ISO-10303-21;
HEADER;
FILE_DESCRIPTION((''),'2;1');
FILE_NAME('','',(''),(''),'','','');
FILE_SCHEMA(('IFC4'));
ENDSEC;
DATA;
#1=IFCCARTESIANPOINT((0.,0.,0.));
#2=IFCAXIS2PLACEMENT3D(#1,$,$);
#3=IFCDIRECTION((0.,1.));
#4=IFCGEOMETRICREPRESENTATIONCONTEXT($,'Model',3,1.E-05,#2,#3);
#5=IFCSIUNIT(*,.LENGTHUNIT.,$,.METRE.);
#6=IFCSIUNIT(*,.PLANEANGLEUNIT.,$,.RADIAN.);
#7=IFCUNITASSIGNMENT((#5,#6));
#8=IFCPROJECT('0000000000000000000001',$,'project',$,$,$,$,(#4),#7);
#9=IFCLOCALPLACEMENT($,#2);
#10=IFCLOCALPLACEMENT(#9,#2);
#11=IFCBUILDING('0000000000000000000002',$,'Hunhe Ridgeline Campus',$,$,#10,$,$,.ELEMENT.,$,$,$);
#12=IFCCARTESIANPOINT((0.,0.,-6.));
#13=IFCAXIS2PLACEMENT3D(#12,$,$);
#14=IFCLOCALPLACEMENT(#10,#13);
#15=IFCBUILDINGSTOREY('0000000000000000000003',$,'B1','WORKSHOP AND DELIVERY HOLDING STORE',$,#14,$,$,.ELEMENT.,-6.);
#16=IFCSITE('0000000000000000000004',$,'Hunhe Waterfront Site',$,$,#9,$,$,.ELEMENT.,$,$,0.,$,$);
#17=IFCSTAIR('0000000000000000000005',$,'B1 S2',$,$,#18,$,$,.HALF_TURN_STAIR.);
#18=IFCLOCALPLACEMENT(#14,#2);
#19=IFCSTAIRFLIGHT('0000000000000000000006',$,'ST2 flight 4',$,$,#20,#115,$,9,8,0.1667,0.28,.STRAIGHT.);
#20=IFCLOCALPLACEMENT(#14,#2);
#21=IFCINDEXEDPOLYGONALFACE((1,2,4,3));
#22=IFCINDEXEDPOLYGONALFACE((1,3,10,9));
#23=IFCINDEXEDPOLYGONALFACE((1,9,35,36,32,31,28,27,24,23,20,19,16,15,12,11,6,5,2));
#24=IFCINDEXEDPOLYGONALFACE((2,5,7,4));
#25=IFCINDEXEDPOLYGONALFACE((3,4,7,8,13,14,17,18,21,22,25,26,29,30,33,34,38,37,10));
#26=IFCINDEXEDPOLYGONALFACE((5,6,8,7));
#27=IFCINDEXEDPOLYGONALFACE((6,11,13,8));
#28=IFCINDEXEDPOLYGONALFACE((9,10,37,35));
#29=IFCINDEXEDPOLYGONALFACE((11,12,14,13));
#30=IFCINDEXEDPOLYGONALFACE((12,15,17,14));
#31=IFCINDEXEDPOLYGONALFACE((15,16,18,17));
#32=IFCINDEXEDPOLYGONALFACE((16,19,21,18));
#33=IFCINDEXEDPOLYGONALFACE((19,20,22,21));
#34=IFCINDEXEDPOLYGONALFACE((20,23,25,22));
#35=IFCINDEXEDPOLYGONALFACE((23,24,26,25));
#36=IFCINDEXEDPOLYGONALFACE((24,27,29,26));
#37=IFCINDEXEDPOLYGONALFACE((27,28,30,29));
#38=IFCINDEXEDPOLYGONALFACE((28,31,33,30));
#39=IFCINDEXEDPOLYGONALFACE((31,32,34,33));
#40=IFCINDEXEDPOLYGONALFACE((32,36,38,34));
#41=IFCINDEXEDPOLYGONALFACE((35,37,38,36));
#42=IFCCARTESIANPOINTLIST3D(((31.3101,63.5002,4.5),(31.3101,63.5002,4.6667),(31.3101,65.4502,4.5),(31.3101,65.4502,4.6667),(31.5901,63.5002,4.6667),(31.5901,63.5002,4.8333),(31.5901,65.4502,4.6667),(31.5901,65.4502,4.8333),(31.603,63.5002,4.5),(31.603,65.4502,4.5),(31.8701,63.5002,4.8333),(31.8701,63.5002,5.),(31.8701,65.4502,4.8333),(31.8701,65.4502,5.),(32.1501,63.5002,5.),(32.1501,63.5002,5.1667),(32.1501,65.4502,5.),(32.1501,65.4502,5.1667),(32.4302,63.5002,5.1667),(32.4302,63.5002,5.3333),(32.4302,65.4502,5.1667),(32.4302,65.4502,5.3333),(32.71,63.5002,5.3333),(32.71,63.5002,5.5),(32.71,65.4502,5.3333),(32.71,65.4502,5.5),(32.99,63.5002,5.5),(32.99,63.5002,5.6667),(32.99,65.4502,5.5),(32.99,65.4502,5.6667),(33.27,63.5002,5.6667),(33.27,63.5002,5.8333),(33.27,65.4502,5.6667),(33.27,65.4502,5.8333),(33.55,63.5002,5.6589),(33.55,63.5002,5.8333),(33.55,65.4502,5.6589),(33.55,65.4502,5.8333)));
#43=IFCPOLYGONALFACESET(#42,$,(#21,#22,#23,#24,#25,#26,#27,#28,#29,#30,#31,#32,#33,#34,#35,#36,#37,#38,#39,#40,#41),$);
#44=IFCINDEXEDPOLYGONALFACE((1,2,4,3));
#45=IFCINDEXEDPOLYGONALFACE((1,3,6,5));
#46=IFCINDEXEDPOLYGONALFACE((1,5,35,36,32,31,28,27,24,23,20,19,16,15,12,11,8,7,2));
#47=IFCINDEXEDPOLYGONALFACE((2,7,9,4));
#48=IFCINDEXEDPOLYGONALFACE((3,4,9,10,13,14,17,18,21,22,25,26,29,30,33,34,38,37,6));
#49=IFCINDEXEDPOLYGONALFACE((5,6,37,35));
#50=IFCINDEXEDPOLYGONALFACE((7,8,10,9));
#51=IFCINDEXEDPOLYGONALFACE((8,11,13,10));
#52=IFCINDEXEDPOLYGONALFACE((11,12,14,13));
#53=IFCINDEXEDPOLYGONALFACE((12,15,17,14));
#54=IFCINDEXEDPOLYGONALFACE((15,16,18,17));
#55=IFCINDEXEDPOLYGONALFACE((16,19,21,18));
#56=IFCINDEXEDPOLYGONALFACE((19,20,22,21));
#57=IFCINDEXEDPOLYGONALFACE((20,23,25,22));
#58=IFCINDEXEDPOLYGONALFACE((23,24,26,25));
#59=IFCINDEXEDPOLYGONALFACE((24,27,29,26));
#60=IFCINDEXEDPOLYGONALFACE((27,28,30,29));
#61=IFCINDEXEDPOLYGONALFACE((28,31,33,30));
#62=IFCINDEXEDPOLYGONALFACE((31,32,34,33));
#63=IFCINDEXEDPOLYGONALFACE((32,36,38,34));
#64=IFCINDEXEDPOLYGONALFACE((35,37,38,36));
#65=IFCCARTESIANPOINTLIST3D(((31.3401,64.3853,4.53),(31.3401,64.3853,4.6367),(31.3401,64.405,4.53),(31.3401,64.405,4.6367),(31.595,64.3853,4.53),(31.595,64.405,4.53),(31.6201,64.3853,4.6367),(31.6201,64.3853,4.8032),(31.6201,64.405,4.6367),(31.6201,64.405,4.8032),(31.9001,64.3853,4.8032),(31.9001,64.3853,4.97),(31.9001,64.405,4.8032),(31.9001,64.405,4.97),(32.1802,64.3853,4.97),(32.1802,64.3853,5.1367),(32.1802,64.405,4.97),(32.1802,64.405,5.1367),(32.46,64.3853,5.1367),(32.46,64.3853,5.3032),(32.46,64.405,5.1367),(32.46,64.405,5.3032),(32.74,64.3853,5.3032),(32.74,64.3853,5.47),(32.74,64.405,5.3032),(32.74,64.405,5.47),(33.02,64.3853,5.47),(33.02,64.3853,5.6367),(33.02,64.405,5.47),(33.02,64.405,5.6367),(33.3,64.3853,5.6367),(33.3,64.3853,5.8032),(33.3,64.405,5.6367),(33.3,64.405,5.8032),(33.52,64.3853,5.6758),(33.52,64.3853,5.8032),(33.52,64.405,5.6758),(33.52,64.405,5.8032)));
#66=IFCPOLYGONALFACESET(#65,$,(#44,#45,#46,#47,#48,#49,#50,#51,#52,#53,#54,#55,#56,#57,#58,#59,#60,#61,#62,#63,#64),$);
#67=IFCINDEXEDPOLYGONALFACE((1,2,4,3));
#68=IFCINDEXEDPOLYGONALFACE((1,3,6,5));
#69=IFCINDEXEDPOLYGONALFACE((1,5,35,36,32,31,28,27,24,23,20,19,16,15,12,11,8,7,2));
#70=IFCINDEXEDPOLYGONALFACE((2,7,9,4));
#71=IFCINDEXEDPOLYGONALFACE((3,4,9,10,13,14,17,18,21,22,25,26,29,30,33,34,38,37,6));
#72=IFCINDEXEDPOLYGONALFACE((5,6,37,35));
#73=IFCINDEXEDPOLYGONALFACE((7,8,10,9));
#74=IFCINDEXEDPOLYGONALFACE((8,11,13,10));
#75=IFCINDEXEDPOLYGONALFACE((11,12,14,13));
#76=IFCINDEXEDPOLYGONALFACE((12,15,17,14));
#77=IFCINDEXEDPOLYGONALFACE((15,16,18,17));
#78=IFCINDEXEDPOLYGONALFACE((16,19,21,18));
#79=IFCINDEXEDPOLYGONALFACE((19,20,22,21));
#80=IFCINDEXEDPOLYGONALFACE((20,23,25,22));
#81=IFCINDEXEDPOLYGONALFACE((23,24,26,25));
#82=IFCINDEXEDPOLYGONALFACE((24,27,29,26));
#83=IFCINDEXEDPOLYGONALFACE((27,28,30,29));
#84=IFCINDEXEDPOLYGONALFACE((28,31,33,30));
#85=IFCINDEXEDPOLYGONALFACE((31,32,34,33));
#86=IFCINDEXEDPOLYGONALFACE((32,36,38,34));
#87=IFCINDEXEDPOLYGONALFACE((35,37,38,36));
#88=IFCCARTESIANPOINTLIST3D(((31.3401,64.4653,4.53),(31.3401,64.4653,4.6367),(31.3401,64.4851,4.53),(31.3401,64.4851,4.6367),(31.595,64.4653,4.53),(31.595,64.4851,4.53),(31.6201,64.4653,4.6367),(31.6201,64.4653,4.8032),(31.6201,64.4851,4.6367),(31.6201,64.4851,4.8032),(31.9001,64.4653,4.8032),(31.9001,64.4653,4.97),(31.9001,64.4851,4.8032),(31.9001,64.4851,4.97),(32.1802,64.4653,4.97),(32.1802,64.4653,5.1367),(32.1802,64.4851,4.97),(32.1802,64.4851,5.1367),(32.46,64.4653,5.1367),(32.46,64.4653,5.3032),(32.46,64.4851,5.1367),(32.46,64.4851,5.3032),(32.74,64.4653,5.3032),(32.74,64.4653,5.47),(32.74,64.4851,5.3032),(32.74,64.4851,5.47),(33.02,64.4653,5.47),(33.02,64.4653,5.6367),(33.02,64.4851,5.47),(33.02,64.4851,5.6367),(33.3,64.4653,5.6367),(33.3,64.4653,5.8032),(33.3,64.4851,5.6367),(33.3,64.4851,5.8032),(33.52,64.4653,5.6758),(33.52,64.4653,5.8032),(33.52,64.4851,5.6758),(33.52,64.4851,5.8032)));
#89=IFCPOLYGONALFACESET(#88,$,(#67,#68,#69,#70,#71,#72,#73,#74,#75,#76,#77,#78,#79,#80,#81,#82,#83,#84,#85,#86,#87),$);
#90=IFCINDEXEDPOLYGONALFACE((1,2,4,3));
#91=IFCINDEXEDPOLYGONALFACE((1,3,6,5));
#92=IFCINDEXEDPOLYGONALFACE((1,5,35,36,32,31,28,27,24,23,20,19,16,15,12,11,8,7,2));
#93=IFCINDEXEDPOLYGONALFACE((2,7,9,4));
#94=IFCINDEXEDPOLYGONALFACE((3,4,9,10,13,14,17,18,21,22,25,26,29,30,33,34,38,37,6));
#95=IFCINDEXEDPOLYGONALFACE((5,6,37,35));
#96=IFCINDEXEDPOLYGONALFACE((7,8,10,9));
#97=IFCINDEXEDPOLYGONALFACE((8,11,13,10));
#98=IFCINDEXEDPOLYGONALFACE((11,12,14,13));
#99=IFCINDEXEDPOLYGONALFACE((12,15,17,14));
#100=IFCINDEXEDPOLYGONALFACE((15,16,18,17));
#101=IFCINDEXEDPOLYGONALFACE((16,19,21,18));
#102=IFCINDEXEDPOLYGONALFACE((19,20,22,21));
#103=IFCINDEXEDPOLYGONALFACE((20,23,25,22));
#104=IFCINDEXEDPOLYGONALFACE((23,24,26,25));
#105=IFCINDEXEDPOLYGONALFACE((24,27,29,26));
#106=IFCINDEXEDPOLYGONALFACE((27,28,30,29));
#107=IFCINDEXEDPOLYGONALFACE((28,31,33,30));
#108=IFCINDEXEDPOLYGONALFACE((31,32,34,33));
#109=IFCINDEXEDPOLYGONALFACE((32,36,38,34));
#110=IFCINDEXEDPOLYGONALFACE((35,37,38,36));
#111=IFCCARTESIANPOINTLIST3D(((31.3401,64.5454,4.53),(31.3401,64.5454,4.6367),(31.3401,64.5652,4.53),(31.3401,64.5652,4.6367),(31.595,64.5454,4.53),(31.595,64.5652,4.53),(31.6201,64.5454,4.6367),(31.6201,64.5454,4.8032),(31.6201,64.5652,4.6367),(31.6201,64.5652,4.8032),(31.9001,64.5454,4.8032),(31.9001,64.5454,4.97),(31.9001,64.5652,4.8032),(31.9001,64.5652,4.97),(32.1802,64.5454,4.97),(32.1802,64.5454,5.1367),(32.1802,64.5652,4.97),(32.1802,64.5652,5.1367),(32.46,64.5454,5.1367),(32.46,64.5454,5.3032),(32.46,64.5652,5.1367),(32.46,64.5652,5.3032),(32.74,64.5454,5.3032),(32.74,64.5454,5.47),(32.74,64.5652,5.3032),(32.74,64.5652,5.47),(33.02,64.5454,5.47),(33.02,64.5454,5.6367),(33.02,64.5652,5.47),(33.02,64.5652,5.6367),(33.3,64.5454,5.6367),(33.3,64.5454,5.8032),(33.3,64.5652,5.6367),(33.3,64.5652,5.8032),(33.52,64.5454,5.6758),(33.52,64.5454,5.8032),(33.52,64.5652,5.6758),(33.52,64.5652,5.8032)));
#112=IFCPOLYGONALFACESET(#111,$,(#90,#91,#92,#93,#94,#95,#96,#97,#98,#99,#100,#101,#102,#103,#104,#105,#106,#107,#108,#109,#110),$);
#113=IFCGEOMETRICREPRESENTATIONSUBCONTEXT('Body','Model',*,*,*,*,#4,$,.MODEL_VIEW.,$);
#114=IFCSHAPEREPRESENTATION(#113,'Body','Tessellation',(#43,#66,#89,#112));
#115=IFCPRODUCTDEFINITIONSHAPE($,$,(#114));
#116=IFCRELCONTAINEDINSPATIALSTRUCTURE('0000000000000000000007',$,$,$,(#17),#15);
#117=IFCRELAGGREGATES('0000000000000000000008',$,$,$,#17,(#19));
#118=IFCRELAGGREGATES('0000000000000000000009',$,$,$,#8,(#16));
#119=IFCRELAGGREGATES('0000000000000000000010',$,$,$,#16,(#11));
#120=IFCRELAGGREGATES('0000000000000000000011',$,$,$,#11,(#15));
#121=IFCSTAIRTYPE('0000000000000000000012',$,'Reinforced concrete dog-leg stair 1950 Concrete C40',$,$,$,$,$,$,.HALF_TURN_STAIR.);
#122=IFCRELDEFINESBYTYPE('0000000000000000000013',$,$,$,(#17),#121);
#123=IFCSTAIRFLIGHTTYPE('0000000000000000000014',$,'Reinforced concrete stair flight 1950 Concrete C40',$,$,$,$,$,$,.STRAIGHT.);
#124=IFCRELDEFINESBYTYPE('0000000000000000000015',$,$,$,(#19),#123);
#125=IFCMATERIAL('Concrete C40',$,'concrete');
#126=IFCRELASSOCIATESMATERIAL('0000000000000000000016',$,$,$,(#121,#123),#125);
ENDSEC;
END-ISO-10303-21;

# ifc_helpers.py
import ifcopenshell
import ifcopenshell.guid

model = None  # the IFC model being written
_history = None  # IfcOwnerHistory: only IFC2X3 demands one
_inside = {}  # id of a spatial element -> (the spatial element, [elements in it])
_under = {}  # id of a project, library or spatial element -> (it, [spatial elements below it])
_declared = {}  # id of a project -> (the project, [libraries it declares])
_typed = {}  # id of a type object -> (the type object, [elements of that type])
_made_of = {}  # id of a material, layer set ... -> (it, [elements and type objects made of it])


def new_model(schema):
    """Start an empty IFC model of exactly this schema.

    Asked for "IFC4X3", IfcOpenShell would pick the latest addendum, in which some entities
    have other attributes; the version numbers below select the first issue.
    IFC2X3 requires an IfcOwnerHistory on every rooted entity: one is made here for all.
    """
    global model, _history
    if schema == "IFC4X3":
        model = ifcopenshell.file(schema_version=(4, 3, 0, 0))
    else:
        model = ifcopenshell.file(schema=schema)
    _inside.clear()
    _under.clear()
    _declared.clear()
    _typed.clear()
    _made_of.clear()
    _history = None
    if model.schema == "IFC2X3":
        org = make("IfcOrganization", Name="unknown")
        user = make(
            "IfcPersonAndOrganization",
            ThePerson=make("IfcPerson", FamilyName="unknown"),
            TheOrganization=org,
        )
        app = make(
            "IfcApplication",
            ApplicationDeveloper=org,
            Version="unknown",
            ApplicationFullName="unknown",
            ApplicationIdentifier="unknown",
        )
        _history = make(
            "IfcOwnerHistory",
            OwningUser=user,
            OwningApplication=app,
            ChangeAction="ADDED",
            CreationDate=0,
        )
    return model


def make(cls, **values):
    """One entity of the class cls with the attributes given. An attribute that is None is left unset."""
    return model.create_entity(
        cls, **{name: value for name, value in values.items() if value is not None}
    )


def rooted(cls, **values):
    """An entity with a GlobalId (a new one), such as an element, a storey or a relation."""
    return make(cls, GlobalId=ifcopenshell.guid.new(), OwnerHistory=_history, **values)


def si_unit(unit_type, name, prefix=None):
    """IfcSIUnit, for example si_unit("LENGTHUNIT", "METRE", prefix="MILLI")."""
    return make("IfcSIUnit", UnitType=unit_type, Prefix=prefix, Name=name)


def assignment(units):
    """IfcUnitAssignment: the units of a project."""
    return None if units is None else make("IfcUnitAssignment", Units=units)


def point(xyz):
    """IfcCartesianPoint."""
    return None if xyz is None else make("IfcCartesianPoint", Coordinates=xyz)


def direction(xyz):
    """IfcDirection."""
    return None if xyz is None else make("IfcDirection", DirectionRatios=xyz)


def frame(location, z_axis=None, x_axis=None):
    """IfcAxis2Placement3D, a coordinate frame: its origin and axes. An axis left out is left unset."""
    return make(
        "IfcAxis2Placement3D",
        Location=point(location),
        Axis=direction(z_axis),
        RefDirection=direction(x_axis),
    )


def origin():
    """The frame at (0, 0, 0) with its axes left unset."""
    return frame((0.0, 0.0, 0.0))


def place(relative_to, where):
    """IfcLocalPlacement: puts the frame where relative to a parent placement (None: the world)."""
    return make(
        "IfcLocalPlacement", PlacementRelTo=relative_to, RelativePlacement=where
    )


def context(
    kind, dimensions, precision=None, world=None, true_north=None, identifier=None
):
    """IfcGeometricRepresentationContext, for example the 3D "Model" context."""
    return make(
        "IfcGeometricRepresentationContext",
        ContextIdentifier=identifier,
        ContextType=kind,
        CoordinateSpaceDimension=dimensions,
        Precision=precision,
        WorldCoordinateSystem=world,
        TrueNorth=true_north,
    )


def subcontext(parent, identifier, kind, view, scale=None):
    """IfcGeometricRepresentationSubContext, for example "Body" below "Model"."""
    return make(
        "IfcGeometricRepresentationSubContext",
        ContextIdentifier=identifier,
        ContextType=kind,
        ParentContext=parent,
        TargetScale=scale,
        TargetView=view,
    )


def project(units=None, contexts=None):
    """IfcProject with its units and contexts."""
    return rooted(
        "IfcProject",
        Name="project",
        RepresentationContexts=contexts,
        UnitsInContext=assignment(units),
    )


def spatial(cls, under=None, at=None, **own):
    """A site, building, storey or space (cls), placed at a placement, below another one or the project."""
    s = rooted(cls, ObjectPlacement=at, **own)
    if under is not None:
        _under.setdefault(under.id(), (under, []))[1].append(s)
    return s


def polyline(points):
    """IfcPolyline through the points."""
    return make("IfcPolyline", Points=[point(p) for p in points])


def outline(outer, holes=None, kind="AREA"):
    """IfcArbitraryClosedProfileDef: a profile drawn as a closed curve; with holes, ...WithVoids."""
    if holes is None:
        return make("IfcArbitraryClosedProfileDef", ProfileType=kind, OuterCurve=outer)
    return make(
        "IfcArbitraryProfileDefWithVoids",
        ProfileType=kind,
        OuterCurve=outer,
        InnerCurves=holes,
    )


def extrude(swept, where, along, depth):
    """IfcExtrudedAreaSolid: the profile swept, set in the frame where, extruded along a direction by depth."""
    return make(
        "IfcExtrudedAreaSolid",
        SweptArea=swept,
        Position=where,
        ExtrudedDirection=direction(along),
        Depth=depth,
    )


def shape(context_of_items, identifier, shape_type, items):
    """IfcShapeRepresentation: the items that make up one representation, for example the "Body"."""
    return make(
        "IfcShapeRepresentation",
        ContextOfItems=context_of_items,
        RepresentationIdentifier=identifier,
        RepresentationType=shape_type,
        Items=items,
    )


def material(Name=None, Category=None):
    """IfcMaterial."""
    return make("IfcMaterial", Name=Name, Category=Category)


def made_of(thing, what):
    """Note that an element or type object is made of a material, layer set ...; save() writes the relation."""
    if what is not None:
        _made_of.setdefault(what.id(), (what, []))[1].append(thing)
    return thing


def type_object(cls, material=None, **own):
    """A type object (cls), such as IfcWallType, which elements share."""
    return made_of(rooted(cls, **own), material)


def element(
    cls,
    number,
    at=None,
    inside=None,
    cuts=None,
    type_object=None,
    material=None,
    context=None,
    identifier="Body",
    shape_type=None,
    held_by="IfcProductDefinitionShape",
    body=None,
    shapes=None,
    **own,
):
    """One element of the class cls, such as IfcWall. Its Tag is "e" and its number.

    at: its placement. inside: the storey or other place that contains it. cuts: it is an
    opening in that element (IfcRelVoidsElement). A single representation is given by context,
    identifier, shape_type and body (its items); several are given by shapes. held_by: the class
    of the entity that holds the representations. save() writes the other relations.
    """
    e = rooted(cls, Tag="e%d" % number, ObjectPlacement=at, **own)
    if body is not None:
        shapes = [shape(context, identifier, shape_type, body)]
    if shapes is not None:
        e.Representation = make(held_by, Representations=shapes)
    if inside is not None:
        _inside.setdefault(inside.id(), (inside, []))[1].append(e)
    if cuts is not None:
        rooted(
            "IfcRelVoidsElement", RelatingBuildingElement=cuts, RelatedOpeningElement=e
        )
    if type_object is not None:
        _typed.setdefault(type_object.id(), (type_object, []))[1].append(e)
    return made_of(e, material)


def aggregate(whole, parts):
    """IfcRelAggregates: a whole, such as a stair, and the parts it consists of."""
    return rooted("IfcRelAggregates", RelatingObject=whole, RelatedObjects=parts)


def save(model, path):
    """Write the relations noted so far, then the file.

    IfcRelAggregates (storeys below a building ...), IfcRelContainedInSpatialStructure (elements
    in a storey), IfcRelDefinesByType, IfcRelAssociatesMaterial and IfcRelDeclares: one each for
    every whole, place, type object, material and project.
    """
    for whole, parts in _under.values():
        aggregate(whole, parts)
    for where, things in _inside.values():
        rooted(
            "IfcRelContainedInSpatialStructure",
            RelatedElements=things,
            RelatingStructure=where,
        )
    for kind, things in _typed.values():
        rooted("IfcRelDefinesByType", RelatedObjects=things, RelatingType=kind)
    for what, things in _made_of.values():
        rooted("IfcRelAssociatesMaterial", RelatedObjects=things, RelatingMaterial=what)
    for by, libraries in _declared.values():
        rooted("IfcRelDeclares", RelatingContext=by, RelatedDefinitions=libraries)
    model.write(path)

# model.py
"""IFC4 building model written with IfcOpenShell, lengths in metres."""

from ifc_helpers import new_model, si_unit, direction, frame, origin, place, context, subcontext, project, spatial, polyline, outline, extrude, material, type_object, element, aggregate, save


model = new_model("IFC4")

# Units and contexts
model_context = context("Model", 3, precision=1e-05, world=origin(), true_north=direction((0.0, 1.0)))
body_context = subcontext(model_context, "Body", "Model", "MODEL_VIEW")
ifc_project = project(units=[si_unit("LENGTHUNIT", "METRE"), si_unit("PLANEANGLEUNIT", "RADIAN")], contexts=[model_context])

# Site, building, storey
site_placement = place(None, origin())
site = spatial("IfcSite", under=ifc_project, at=site_placement, Name="Hunhe Waterfront Site", CompositionType="ELEMENT", RefElevation=0.0)
building_placement = place(site_placement, origin())
building = spatial("IfcBuilding", under=site, at=building_placement, Name="Hunhe Ridgeline Campus", CompositionType="ELEMENT")
storey_placement = place(building_placement, frame((0.0, 0.0, -6.0)))
storey = spatial("IfcBuildingStorey", under=building, at=storey_placement, Name="B1", Description="WORKSHOP AND DELIVERY HOLDING STORE", CompositionType="ELEMENT", Elevation=-6.0)

# Stair, stair flight
ifc_material_1 = material(Name="Concrete C40", Category="concrete")
stair_type = type_object("IfcStairType", Name="Reinforced concrete dog-leg stair 1950 Concrete C40", PredefinedType="HALF_TURN_STAIR", material=ifc_material_1)
stair_placement = place(storey_placement, origin())
stair = element("IfcStair", 1, at=stair_placement, inside=storey, type_object=stair_type, Name="B1 S2", PredefinedType="HALF_TURN_STAIR")
stair_flight_type = type_object("IfcStairFlightType", Name="Reinforced concrete stair flight 1950 Concrete C40", PredefinedType="STRAIGHT", material=ifc_material_1)
stair_flight_1_placement = place(storey_placement, frame((31.3101, 64.4751, 4.5), z_axis=(0.0, 0.0, 1.0), x_axis=(1.0, 0.0, 0.0)))
stair_flight_1 = element("IfcStairFlight", 2, at=stair_flight_1_placement, type_object=stair_flight_type, Name="ST2 flight 4", NumberOfRisers=9, NumberOfTreads=8, PredefinedType="STRAIGHT", RiserHeight=0.1667, TreadLength=0.28, context=body_context, shape_type="SweptSolid", body=[
    extrude(outline(polyline([(0.0, 0.0), (0.0, 0.1667), (0.28, 0.1667), (0.28, 0.3333), (0.5601, 0.3333), (0.5601, 0.5), (0.8401, 0.5), (0.8401, 0.6667), (1.1201, 0.6667), (1.1201, 0.8333), (1.3999, 0.8333), (1.3999, 1.0), (1.6799, 1.0), (1.6799, 1.1667), (1.96, 1.1667), (1.96, 1.3333), (2.24, 1.3333), (2.24, 1.5), (2.24, 1.1589), (0.293, 0.0), (0.0, 0.0)])), frame((0.0, 0.9751, 0.0), z_axis=(0.0, -1.0, 0.0), x_axis=(1.0, 0.0, 0.0)), (0.0, 0.0, 1.0), 1.95),
    extrude(outline(polyline([(0.03, 0.03), (0.03, 0.1367), (0.3101, 0.1367), (0.3101, 0.3032), (0.5901, 0.3032), (0.5901, 0.47), (0.8701, 0.47), (0.8701, 0.6367), (1.1499, 0.6367), (1.1499, 0.8032), (1.4299, 0.8032), (1.4299, 0.97), (1.71, 0.97), (1.71, 1.1367), (1.99, 1.1367), (1.99, 1.3032), (2.21, 1.3032), (2.21, 1.1758), (0.2849, 0.03), (0.03, 0.03)])), frame((0.0, -0.0701, 0.0), z_axis=(0.0, -1.0, 0.0), x_axis=(1.0, 0.0, 0.0)), (0.0, 0.0, 1.0), 0.0198),
    extrude(outline(polyline([(0.03, 0.03), (0.03, 0.1367), (0.3101, 0.1367), (0.3101, 0.3032), (0.5901, 0.3032), (0.5901, 0.47), (0.8701, 0.47), (0.8701, 0.6367), (1.1499, 0.6367), (1.1499, 0.8032), (1.4299, 0.8032), (1.4299, 0.97), (1.71, 0.97), (1.71, 1.1367), (1.99, 1.1367), (1.99, 1.3032), (2.21, 1.3032), (2.21, 1.1758), (0.2849, 0.03), (0.03, 0.03)])), frame((0.0, 0.01, 0.0), z_axis=(0.0, -1.0, 0.0), x_axis=(1.0, 0.0, 0.0)), (0.0, 0.0, 1.0), 0.0198),
    extrude(outline(polyline([(0.03, 0.03), (0.03, 0.1367), (0.3101, 0.1367), (0.3101, 0.3032), (0.5901, 0.3032), (0.5901, 0.47), (0.8701, 0.47), (0.8701, 0.6367), (1.1499, 0.6367), (1.1499, 0.8032), (1.4299, 0.8032), (1.4299, 0.97), (1.71, 0.97), (1.71, 1.1367), (1.99, 1.1367), (1.99, 1.3032), (2.21, 1.3032), (2.21, 1.1758), (0.2849, 0.03), (0.03, 0.03)])), frame((0.0, 0.0901, 0.0), z_axis=(0.0, -1.0, 0.0), x_axis=(1.0, 0.0, 0.0)), (0.0, 0.0, 1.0), 0.0198),
])
aggregate(stair, [stair_flight_1])

save(model, "model.ifc")
